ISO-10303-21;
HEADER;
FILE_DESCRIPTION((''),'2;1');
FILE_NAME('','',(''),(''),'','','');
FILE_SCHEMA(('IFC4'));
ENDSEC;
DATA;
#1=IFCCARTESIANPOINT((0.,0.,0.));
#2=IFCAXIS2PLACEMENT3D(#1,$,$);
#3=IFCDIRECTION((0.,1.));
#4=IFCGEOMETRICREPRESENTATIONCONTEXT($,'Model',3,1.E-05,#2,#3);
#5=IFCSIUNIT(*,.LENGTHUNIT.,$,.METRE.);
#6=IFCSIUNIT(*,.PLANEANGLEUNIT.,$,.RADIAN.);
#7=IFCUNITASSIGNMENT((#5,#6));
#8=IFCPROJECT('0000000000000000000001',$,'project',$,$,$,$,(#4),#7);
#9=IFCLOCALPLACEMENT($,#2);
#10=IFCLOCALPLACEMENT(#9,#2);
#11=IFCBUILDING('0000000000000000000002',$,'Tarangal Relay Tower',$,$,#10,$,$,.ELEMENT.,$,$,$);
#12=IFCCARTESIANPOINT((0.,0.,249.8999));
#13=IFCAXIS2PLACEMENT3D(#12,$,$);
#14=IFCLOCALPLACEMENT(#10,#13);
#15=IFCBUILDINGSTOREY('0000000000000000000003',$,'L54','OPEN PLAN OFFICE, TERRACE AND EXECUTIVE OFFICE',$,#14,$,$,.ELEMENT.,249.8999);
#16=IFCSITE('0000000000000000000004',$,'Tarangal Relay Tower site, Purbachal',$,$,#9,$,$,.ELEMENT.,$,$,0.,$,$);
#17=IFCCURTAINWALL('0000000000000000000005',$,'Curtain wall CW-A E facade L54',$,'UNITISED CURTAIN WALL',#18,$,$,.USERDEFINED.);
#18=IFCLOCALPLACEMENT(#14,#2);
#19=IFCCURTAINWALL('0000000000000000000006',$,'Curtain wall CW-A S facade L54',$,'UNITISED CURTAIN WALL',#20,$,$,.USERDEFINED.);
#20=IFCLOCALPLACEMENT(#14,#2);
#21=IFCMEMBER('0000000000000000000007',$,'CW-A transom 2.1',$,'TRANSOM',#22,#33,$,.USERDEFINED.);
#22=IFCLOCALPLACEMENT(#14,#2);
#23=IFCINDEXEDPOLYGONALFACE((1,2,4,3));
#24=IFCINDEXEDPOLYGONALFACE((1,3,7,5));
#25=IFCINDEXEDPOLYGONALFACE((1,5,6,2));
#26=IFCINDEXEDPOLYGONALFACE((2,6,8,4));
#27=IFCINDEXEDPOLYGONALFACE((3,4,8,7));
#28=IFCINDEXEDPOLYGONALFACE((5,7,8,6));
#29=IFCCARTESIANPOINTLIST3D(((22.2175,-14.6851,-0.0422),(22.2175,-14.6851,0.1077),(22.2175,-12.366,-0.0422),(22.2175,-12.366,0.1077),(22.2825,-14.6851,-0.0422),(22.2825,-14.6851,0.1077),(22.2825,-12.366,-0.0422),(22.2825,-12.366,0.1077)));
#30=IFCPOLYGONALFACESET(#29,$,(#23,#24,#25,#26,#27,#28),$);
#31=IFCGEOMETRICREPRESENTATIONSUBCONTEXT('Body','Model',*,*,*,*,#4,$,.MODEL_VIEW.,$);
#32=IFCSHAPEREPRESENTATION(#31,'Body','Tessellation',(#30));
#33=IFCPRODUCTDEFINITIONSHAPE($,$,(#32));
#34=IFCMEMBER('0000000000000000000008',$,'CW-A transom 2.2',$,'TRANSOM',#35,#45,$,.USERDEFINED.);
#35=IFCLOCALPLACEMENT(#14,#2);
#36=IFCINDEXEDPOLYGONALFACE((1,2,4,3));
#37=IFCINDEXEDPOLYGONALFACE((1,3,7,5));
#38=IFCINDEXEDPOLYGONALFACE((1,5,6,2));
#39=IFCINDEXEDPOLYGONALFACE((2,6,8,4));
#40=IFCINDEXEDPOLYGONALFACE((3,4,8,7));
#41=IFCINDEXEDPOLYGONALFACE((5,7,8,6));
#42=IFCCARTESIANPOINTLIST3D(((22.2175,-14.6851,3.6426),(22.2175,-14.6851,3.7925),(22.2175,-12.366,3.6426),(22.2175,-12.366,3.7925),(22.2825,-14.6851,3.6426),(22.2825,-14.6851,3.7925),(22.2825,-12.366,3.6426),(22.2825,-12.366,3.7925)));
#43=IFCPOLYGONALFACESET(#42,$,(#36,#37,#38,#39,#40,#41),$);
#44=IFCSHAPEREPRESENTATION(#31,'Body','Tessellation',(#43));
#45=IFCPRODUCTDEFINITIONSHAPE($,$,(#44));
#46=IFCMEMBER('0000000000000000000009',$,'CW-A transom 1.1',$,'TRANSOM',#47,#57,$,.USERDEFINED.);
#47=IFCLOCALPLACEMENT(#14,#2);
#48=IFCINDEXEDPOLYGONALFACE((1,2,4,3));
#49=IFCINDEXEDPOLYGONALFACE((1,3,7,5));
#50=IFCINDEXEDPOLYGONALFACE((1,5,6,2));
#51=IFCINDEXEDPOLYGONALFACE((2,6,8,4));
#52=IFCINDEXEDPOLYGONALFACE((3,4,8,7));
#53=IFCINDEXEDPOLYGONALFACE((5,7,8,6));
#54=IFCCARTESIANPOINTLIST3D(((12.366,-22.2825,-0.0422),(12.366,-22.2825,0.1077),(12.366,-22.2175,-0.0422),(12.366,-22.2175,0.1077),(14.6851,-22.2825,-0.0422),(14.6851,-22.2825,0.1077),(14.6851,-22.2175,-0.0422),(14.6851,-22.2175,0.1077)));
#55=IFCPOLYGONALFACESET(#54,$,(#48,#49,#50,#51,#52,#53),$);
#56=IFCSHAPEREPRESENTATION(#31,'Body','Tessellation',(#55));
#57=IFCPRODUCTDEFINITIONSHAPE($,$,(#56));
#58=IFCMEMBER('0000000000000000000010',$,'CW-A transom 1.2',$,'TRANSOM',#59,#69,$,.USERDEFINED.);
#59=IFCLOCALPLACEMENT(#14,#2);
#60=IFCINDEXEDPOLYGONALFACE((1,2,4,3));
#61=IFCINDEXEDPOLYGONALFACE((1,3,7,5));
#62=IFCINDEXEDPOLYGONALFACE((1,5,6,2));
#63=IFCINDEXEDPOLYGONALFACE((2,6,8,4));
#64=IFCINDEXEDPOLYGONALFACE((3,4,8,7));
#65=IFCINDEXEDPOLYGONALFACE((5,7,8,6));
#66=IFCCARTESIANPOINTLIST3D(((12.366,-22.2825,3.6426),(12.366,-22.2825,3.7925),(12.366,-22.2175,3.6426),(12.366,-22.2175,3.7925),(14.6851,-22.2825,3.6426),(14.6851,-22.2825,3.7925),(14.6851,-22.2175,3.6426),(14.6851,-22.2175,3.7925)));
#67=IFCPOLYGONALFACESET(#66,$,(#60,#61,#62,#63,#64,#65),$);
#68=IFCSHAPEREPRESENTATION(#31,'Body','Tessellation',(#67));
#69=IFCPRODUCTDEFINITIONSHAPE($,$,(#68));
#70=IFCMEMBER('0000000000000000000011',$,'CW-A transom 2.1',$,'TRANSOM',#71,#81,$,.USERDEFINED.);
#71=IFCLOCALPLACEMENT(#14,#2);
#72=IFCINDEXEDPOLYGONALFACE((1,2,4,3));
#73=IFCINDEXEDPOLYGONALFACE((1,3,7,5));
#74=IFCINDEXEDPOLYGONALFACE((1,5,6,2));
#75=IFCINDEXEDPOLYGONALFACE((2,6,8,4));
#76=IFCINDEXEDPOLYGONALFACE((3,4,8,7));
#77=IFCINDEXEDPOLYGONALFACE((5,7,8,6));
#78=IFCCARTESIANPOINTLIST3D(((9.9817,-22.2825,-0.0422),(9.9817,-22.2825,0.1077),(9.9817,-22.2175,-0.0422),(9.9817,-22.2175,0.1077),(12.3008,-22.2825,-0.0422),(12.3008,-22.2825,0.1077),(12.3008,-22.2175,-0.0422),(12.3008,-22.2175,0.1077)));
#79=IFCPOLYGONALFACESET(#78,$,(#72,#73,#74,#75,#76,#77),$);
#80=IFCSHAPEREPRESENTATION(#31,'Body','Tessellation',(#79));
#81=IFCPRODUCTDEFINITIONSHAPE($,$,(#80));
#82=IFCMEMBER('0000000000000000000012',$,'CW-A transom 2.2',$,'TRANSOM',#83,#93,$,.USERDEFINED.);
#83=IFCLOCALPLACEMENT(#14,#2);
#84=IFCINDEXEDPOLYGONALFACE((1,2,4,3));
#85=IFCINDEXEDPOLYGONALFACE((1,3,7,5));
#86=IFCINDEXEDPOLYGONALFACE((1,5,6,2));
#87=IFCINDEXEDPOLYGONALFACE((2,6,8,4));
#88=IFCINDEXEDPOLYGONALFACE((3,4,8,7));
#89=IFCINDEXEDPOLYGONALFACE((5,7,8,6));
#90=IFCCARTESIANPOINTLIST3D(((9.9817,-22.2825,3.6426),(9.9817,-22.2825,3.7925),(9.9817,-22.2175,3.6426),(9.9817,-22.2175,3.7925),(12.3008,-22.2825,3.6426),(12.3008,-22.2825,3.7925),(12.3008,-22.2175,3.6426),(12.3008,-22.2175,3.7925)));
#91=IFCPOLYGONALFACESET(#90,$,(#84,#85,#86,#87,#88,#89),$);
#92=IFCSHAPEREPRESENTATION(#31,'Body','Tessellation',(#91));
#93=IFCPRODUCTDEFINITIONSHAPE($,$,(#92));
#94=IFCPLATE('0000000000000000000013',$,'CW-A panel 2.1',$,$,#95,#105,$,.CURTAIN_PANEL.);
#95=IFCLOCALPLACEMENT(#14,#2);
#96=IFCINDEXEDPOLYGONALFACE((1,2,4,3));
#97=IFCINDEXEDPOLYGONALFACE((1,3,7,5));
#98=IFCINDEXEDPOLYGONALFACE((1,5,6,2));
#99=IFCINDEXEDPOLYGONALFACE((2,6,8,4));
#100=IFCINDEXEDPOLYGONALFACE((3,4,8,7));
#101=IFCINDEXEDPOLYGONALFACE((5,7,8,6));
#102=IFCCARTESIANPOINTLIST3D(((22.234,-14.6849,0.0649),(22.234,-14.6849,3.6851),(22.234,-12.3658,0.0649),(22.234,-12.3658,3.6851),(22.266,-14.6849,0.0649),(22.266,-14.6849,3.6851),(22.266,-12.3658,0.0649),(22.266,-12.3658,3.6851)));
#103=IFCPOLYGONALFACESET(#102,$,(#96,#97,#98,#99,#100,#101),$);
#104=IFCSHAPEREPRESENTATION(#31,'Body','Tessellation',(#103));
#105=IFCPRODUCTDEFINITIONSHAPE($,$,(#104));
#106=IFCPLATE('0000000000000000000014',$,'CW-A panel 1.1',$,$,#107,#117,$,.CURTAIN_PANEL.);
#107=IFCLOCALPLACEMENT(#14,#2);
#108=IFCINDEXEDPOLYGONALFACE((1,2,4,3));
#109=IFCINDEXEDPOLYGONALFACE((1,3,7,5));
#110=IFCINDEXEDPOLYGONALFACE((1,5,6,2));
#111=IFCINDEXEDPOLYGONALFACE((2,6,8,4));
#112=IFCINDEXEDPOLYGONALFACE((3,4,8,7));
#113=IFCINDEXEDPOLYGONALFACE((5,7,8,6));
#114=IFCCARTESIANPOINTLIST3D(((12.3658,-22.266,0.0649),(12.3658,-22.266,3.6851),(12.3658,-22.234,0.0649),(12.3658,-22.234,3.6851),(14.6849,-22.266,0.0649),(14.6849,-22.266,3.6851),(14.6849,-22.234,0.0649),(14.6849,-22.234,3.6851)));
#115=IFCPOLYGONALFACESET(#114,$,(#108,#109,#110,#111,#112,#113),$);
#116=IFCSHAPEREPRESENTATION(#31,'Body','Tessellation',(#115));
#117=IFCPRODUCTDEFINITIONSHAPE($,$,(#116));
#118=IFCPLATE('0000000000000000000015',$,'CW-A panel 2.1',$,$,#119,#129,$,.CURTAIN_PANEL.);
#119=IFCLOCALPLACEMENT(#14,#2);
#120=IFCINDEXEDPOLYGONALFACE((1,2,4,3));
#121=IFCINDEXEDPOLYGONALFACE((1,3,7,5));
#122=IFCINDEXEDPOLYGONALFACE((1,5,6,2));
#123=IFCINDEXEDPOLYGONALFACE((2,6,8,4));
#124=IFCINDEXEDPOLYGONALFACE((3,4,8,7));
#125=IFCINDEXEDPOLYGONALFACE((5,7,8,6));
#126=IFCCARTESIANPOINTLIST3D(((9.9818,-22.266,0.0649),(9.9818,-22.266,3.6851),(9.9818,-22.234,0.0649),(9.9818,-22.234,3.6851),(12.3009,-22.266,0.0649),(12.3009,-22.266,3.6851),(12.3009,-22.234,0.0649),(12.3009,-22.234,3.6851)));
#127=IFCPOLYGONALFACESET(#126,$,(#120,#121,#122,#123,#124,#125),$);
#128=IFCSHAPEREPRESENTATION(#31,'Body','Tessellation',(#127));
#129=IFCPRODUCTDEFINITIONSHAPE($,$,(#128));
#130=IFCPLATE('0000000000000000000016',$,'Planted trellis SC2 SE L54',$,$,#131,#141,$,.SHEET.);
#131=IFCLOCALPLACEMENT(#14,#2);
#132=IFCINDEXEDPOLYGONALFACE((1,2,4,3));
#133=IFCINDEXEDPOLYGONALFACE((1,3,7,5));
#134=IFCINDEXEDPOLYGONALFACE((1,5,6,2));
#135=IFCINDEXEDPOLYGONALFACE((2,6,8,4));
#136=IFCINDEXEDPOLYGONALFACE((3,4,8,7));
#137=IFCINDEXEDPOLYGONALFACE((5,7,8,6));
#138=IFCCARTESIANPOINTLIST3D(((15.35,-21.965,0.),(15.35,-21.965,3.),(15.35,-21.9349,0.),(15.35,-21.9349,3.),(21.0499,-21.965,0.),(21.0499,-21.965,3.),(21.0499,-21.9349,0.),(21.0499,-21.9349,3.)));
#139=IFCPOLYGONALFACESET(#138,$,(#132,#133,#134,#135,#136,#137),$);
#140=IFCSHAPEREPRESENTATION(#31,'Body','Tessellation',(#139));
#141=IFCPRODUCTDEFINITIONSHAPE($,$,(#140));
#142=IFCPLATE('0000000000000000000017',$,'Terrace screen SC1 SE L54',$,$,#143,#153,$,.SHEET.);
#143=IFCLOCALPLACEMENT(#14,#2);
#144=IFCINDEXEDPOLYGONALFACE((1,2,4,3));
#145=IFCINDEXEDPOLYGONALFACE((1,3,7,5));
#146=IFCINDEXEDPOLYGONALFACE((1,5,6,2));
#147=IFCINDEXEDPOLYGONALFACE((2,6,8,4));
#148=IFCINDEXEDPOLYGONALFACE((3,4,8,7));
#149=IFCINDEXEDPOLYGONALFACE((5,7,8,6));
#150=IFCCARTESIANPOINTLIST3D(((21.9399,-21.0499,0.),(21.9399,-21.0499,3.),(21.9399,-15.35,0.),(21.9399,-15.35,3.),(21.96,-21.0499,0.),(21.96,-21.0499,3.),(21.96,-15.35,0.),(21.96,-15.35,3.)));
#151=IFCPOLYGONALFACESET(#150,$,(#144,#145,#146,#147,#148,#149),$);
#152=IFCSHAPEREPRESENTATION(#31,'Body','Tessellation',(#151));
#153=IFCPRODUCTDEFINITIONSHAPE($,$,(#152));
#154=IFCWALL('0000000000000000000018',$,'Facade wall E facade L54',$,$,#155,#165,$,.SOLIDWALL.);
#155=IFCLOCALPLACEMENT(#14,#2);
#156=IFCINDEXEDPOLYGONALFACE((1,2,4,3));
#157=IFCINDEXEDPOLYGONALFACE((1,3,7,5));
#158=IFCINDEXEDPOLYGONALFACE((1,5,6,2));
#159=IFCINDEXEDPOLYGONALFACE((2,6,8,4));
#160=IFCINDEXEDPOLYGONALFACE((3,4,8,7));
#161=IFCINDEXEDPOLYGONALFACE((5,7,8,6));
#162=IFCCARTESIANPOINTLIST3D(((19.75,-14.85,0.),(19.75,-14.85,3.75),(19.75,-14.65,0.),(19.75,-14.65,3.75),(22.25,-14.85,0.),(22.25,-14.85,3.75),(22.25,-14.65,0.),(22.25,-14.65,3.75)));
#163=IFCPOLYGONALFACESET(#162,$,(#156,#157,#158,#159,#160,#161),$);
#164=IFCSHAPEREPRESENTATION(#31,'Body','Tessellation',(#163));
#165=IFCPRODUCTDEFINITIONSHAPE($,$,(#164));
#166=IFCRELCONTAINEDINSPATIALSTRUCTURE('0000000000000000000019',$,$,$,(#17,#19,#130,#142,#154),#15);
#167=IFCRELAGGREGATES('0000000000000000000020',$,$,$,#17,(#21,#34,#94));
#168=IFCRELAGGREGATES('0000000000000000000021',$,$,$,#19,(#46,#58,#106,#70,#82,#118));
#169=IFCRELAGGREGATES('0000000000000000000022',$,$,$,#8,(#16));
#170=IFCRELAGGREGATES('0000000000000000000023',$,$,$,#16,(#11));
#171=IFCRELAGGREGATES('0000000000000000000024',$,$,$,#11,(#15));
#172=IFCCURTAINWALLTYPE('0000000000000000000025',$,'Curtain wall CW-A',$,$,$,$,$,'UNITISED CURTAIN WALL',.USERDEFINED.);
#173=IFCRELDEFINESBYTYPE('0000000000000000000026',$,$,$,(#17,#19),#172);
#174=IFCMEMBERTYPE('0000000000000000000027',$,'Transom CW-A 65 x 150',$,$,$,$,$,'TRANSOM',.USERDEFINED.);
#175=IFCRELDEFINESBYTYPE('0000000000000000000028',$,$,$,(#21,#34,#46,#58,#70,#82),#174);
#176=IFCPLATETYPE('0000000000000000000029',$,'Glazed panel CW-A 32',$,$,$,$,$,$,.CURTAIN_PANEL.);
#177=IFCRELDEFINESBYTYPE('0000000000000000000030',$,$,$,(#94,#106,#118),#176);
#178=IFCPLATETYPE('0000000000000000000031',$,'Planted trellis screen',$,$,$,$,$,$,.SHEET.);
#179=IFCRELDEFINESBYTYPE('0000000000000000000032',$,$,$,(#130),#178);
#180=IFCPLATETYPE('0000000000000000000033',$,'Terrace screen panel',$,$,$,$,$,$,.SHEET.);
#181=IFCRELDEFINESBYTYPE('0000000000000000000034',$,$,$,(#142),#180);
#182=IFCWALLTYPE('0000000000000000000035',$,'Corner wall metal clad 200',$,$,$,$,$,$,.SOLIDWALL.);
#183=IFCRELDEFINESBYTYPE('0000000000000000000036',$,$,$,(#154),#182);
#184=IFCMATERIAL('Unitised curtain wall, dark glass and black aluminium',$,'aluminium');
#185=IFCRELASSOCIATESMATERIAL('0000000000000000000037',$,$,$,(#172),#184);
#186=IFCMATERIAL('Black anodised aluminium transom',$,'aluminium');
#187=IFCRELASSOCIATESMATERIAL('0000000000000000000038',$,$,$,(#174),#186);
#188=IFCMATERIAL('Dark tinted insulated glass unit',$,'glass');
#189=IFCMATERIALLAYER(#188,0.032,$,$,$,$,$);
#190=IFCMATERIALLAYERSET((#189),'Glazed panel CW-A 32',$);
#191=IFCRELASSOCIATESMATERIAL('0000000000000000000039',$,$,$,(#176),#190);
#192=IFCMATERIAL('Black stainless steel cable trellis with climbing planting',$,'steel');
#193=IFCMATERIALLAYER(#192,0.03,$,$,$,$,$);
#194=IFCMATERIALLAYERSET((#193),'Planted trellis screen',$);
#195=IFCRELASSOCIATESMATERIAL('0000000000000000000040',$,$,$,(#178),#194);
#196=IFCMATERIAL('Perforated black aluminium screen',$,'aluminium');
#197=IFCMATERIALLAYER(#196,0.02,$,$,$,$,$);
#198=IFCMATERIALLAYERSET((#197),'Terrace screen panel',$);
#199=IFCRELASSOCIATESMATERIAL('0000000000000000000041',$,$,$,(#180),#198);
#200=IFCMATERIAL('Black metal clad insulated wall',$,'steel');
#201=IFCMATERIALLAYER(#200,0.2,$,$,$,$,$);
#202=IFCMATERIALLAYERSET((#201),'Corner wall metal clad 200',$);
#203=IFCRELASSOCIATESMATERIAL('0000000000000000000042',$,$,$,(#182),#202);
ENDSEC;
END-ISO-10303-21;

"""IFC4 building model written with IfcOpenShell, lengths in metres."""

from ifc_helpers import new_model, si_unit, direction, frame, frame_2d, origin, origin_2d, place, context, subcontext, project, spatial, rectangle, extrude, material, layer, layer_set, material_profile, profile_set, type_object, element, aggregate, save


model = new_model("IFC4")

# Units and contexts
model_context = context("Model", 3, precision=1e-05, world=origin(), true_north=direction((0.0, 1.0)))
body_context = subcontext(model_context, "Body", "Model", "MODEL_VIEW")
ifc_project = project(units=[si_unit("LENGTHUNIT", "METRE"), si_unit("PLANEANGLEUNIT", "RADIAN")], contexts=[model_context])

# Site, building, storey
site_placement = place(None, origin())
site = spatial("IfcSite", under=ifc_project, at=site_placement, Name="Tarangal Relay Tower site, Purbachal", CompositionType="ELEMENT", RefElevation=0.0)
building_placement = place(site_placement, origin())
building = spatial("IfcBuilding", under=site, at=building_placement, Name="Tarangal Relay Tower", CompositionType="ELEMENT")
storey_placement = place(building_placement, frame((0.0, 0.0, 249.8999)))
storey = spatial("IfcBuildingStorey", under=building, at=storey_placement, Name="L54", Description="OPEN PLAN OFFICE, TERRACE AND EXECUTIVE OFFICE", CompositionType="ELEMENT", Elevation=249.8999)

# Curtain walls
ifc_material_1 = material(Name="Unitised curtain wall, dark glass and black aluminium", Category="aluminium")
curtain_wall_type = type_object("IfcCurtainWallType", Name="Curtain wall CW-A", ElementType="UNITISED CURTAIN WALL", PredefinedType="USERDEFINED", material=ifc_material_1)
curtain_wall_1_placement = place(storey_placement, origin())
curtain_wall_1 = element("IfcCurtainWall", 1, at=curtain_wall_1_placement, inside=storey, type_object=curtain_wall_type, Name="Curtain wall CW-A E facade L54", ObjectType="UNITISED CURTAIN WALL", PredefinedType="USERDEFINED")
curtain_wall_2_placement = place(storey_placement, origin())
curtain_wall_2 = element("IfcCurtainWall", 2, at=curtain_wall_2_placement, inside=storey, type_object=curtain_wall_type, Name="Curtain wall CW-A S facade L54", ObjectType="UNITISED CURTAIN WALL", PredefinedType="USERDEFINED")

# Members
ifc_material_2 = material(Name="Black anodised aluminium transom", Category="aluminium")
ifc_material_profile_1 = material_profile(ifc_material_2, rectangle(XDim=0.0649, YDim=0.1499, at=origin_2d()), Name="CW-AT 65X150")
ifc_profile_set_1 = profile_set([ifc_material_profile_1], Name="Black anodised aluminium transom")
member_type_1 = type_object("IfcMemberType", Name="Transom CW-A 65 x 150", ElementType="TRANSOM", PredefinedType="USERDEFINED", material=ifc_profile_set_1)
member_1_placement = place(storey_placement, frame((22.25, -12.366, 0.0327), z_axis=(0.0, -1.0, 0.0), x_axis=(1.0, 0.0, 0.0)))
member_1 = element("IfcMember", 3, at=member_1_placement, type_object=member_type_1, Name="CW-A transom 2.1", ObjectType="TRANSOM", PredefinedType="USERDEFINED", context=body_context, shape_type="SweptSolid", body=[
    extrude(rectangle(XDim=0.0649, YDim=0.1499, at=origin_2d()), origin(), (0.0, 0.0, 1.0), 2.3191),
])
member_2_placement = place(storey_placement, frame((22.25, -12.366, 3.7175), z_axis=(0.0, -1.0, 0.0), x_axis=(1.0, 0.0, 0.0)))
member_2 = element("IfcMember", 4, at=member_2_placement, type_object=member_type_1, Name="CW-A transom 2.2", ObjectType="TRANSOM", PredefinedType="USERDEFINED", context=body_context, shape_type="SweptSolid", body=[
    extrude(rectangle(XDim=0.0649, YDim=0.1499, at=origin_2d()), origin(), (0.0, 0.0, 1.0), 2.3191),
])
member_3_placement = place(storey_placement, frame((14.6851, -22.25, 0.0327), z_axis=(-1.0, 0.0, 0.0), x_axis=(0.0, -1.0, 0.0)))
member_3 = element("IfcMember", 5, at=member_3_placement, type_object=member_type_1, Name="CW-A transom 1.1", ObjectType="TRANSOM", PredefinedType="USERDEFINED", context=body_context, shape_type="SweptSolid", body=[
    extrude(rectangle(XDim=0.0649, YDim=0.1499, at=origin_2d()), origin(), (0.0, 0.0, 1.0), 2.3191),
])
member_4_placement = place(storey_placement, frame((14.6851, -22.25, 3.7175), z_axis=(-1.0, 0.0, 0.0), x_axis=(0.0, -1.0, 0.0)))
member_4 = element("IfcMember", 6, at=member_4_placement, type_object=member_type_1, Name="CW-A transom 1.2", ObjectType="TRANSOM", PredefinedType="USERDEFINED", context=body_context, shape_type="SweptSolid", body=[
    extrude(rectangle(XDim=0.0649, YDim=0.1499, at=origin_2d()), origin(), (0.0, 0.0, 1.0), 2.3191),
])
member_5_placement = place(storey_placement, frame((12.3008, -22.25, 0.0327), z_axis=(-1.0, 0.0, 0.0), x_axis=(0.0, -1.0, 0.0)))
member_5 = element("IfcMember", 7, at=member_5_placement, type_object=member_type_1, Name="CW-A transom 2.1", ObjectType="TRANSOM", PredefinedType="USERDEFINED", context=body_context, shape_type="SweptSolid", body=[
    extrude(rectangle(XDim=0.0649, YDim=0.1499, at=origin_2d()), origin(), (0.0, 0.0, 1.0), 2.3191),
])
member_6_placement = place(storey_placement, frame((12.3008, -22.25, 3.7175), z_axis=(-1.0, 0.0, 0.0), x_axis=(0.0, -1.0, 0.0)))
member_6 = element("IfcMember", 8, at=member_6_placement, type_object=member_type_1, Name="CW-A transom 2.2", ObjectType="TRANSOM", PredefinedType="USERDEFINED", context=body_context, shape_type="SweptSolid", body=[
    extrude(rectangle(XDim=0.0649, YDim=0.1499, at=origin_2d()), origin(), (0.0, 0.0, 1.0), 2.3191),
])

# Plates
ifc_material_3 = material(Name="Dark tinted insulated glass unit", Category="glass")
ifc_layer_1 = layer(ifc_material_3, 0.032)
ifc_layer_set_1 = layer_set([ifc_layer_1], Name="Glazed panel CW-A 32")
plate_type_1 = type_object("IfcPlateType", Name="Glazed panel CW-A 32", PredefinedType="CURTAIN_PANEL", material=ifc_layer_set_1)
plate_1_placement = place(storey_placement, frame((22.25, -13.5254, 0.0649), z_axis=(0.0, 0.0, 1.0), x_axis=(0.0, -1.0, 0.0)))
plate_1 = element("IfcPlate", 9, at=plate_1_placement, type_object=plate_type_1, Name="CW-A panel 2.1", PredefinedType="CURTAIN_PANEL", context=body_context, shape_type="SweptSolid", body=[
    extrude(rectangle(XDim=2.3191, YDim=0.032, at=origin_2d()), origin(), (0.0, 0.0, 1.0), 3.6201),
])
aggregate(curtain_wall_1, [member_1, member_2, plate_1])
plate_2_placement = place(storey_placement, frame((13.5254, -22.25, 0.0649), z_axis=(0.0, 0.0, 1.0), x_axis=(-1.0, 0.0, 0.0)))
plate_2 = element("IfcPlate", 10, at=plate_2_placement, type_object=plate_type_1, Name="CW-A panel 1.1", PredefinedType="CURTAIN_PANEL", context=body_context, shape_type="SweptSolid", body=[
    extrude(rectangle(XDim=2.3191, YDim=0.032, at=origin_2d()), origin(), (0.0, 0.0, 1.0), 3.6201),
])
plate_3_placement = place(storey_placement, frame((11.1414, -22.25, 0.0649), z_axis=(0.0, 0.0, 1.0), x_axis=(-1.0, 0.0, 0.0)))
plate_3 = element("IfcPlate", 11, at=plate_3_placement, type_object=plate_type_1, Name="CW-A panel 2.1", PredefinedType="CURTAIN_PANEL", context=body_context, shape_type="SweptSolid", body=[
    extrude(rectangle(XDim=2.3191, YDim=0.032, at=origin_2d()), origin(), (0.0, 0.0, 1.0), 3.6201),
])
aggregate(curtain_wall_2, [member_3, member_4, plate_2, member_5, member_6, plate_3])

# Plates
ifc_material_4 = material(Name="Black stainless steel cable trellis with climbing planting", Category="steel")
ifc_layer_2 = layer(ifc_material_4, 0.03)
ifc_layer_set_2 = layer_set([ifc_layer_2], Name="Planted trellis screen")
plate_type_2 = type_object("IfcPlateType", Name="Planted trellis screen", PredefinedType="SHEET", material=ifc_layer_set_2)
plate_4_placement = place(storey_placement, frame((18.2, -21.95, 0.0), z_axis=(0.0, 0.0, 1.0), x_axis=(-1.0, 0.0, 0.0)))
element("IfcPlate", 12, at=plate_4_placement, inside=storey, type_object=plate_type_2, Name="Planted trellis SC2 SE L54", PredefinedType="SHEET", context=body_context, shape_type="SweptSolid", body=[
    extrude(rectangle(XDim=5.7, YDim=0.03, at=origin_2d()), origin(), (0.0, 0.0, 1.0), 3.0),
])
ifc_material_5 = material(Name="Perforated black aluminium screen", Category="aluminium")
ifc_layer_3 = layer(ifc_material_5, 0.02)
ifc_layer_set_3 = layer_set([ifc_layer_3], Name="Terrace screen panel")
plate_type_3 = type_object("IfcPlateType", Name="Terrace screen panel", PredefinedType="SHEET", material=ifc_layer_set_3)
plate_5_placement = place(storey_placement, frame((21.95, -18.2, 0.0), z_axis=(0.0, 0.0, 1.0), x_axis=(0.0, -1.0, 0.0)))
element("IfcPlate", 13, at=plate_5_placement, inside=storey, type_object=plate_type_3, Name="Terrace screen SC1 SE L54", PredefinedType="SHEET", context=body_context, shape_type="SweptSolid", body=[
    extrude(rectangle(XDim=5.7, YDim=0.02, at=origin_2d()), origin(), (0.0, 0.0, 1.0), 3.0),
])

# Wall
ifc_material_6 = material(Name="Black metal clad insulated wall", Category="steel")
ifc_layer_4 = layer(ifc_material_6, 0.2)
ifc_layer_set_4 = layer_set([ifc_layer_4], Name="Corner wall metal clad 200")
wall_type_1 = type_object("IfcWallType", Name="Corner wall metal clad 200", PredefinedType="SOLIDWALL", material=ifc_layer_set_4)
wall_1_placement = place(storey_placement, frame((22.25, -14.75, 0.0), z_axis=(0.0, 0.0, 1.0), x_axis=(-1.0, 0.0, 0.0)))
element("IfcWall", 14, at=wall_1_placement, inside=storey, type_object=wall_type_1, Name="Facade wall E facade L54", PredefinedType="SOLIDWALL", context=body_context, shape_type="SweptSolid", body=[
    extrude(rectangle(XDim=2.5, YDim=0.2, at=frame_2d((1.25, 0.0))), origin(), (0.0, 0.0, 1.0), 3.75),
])

save(model, "model.ifc")
